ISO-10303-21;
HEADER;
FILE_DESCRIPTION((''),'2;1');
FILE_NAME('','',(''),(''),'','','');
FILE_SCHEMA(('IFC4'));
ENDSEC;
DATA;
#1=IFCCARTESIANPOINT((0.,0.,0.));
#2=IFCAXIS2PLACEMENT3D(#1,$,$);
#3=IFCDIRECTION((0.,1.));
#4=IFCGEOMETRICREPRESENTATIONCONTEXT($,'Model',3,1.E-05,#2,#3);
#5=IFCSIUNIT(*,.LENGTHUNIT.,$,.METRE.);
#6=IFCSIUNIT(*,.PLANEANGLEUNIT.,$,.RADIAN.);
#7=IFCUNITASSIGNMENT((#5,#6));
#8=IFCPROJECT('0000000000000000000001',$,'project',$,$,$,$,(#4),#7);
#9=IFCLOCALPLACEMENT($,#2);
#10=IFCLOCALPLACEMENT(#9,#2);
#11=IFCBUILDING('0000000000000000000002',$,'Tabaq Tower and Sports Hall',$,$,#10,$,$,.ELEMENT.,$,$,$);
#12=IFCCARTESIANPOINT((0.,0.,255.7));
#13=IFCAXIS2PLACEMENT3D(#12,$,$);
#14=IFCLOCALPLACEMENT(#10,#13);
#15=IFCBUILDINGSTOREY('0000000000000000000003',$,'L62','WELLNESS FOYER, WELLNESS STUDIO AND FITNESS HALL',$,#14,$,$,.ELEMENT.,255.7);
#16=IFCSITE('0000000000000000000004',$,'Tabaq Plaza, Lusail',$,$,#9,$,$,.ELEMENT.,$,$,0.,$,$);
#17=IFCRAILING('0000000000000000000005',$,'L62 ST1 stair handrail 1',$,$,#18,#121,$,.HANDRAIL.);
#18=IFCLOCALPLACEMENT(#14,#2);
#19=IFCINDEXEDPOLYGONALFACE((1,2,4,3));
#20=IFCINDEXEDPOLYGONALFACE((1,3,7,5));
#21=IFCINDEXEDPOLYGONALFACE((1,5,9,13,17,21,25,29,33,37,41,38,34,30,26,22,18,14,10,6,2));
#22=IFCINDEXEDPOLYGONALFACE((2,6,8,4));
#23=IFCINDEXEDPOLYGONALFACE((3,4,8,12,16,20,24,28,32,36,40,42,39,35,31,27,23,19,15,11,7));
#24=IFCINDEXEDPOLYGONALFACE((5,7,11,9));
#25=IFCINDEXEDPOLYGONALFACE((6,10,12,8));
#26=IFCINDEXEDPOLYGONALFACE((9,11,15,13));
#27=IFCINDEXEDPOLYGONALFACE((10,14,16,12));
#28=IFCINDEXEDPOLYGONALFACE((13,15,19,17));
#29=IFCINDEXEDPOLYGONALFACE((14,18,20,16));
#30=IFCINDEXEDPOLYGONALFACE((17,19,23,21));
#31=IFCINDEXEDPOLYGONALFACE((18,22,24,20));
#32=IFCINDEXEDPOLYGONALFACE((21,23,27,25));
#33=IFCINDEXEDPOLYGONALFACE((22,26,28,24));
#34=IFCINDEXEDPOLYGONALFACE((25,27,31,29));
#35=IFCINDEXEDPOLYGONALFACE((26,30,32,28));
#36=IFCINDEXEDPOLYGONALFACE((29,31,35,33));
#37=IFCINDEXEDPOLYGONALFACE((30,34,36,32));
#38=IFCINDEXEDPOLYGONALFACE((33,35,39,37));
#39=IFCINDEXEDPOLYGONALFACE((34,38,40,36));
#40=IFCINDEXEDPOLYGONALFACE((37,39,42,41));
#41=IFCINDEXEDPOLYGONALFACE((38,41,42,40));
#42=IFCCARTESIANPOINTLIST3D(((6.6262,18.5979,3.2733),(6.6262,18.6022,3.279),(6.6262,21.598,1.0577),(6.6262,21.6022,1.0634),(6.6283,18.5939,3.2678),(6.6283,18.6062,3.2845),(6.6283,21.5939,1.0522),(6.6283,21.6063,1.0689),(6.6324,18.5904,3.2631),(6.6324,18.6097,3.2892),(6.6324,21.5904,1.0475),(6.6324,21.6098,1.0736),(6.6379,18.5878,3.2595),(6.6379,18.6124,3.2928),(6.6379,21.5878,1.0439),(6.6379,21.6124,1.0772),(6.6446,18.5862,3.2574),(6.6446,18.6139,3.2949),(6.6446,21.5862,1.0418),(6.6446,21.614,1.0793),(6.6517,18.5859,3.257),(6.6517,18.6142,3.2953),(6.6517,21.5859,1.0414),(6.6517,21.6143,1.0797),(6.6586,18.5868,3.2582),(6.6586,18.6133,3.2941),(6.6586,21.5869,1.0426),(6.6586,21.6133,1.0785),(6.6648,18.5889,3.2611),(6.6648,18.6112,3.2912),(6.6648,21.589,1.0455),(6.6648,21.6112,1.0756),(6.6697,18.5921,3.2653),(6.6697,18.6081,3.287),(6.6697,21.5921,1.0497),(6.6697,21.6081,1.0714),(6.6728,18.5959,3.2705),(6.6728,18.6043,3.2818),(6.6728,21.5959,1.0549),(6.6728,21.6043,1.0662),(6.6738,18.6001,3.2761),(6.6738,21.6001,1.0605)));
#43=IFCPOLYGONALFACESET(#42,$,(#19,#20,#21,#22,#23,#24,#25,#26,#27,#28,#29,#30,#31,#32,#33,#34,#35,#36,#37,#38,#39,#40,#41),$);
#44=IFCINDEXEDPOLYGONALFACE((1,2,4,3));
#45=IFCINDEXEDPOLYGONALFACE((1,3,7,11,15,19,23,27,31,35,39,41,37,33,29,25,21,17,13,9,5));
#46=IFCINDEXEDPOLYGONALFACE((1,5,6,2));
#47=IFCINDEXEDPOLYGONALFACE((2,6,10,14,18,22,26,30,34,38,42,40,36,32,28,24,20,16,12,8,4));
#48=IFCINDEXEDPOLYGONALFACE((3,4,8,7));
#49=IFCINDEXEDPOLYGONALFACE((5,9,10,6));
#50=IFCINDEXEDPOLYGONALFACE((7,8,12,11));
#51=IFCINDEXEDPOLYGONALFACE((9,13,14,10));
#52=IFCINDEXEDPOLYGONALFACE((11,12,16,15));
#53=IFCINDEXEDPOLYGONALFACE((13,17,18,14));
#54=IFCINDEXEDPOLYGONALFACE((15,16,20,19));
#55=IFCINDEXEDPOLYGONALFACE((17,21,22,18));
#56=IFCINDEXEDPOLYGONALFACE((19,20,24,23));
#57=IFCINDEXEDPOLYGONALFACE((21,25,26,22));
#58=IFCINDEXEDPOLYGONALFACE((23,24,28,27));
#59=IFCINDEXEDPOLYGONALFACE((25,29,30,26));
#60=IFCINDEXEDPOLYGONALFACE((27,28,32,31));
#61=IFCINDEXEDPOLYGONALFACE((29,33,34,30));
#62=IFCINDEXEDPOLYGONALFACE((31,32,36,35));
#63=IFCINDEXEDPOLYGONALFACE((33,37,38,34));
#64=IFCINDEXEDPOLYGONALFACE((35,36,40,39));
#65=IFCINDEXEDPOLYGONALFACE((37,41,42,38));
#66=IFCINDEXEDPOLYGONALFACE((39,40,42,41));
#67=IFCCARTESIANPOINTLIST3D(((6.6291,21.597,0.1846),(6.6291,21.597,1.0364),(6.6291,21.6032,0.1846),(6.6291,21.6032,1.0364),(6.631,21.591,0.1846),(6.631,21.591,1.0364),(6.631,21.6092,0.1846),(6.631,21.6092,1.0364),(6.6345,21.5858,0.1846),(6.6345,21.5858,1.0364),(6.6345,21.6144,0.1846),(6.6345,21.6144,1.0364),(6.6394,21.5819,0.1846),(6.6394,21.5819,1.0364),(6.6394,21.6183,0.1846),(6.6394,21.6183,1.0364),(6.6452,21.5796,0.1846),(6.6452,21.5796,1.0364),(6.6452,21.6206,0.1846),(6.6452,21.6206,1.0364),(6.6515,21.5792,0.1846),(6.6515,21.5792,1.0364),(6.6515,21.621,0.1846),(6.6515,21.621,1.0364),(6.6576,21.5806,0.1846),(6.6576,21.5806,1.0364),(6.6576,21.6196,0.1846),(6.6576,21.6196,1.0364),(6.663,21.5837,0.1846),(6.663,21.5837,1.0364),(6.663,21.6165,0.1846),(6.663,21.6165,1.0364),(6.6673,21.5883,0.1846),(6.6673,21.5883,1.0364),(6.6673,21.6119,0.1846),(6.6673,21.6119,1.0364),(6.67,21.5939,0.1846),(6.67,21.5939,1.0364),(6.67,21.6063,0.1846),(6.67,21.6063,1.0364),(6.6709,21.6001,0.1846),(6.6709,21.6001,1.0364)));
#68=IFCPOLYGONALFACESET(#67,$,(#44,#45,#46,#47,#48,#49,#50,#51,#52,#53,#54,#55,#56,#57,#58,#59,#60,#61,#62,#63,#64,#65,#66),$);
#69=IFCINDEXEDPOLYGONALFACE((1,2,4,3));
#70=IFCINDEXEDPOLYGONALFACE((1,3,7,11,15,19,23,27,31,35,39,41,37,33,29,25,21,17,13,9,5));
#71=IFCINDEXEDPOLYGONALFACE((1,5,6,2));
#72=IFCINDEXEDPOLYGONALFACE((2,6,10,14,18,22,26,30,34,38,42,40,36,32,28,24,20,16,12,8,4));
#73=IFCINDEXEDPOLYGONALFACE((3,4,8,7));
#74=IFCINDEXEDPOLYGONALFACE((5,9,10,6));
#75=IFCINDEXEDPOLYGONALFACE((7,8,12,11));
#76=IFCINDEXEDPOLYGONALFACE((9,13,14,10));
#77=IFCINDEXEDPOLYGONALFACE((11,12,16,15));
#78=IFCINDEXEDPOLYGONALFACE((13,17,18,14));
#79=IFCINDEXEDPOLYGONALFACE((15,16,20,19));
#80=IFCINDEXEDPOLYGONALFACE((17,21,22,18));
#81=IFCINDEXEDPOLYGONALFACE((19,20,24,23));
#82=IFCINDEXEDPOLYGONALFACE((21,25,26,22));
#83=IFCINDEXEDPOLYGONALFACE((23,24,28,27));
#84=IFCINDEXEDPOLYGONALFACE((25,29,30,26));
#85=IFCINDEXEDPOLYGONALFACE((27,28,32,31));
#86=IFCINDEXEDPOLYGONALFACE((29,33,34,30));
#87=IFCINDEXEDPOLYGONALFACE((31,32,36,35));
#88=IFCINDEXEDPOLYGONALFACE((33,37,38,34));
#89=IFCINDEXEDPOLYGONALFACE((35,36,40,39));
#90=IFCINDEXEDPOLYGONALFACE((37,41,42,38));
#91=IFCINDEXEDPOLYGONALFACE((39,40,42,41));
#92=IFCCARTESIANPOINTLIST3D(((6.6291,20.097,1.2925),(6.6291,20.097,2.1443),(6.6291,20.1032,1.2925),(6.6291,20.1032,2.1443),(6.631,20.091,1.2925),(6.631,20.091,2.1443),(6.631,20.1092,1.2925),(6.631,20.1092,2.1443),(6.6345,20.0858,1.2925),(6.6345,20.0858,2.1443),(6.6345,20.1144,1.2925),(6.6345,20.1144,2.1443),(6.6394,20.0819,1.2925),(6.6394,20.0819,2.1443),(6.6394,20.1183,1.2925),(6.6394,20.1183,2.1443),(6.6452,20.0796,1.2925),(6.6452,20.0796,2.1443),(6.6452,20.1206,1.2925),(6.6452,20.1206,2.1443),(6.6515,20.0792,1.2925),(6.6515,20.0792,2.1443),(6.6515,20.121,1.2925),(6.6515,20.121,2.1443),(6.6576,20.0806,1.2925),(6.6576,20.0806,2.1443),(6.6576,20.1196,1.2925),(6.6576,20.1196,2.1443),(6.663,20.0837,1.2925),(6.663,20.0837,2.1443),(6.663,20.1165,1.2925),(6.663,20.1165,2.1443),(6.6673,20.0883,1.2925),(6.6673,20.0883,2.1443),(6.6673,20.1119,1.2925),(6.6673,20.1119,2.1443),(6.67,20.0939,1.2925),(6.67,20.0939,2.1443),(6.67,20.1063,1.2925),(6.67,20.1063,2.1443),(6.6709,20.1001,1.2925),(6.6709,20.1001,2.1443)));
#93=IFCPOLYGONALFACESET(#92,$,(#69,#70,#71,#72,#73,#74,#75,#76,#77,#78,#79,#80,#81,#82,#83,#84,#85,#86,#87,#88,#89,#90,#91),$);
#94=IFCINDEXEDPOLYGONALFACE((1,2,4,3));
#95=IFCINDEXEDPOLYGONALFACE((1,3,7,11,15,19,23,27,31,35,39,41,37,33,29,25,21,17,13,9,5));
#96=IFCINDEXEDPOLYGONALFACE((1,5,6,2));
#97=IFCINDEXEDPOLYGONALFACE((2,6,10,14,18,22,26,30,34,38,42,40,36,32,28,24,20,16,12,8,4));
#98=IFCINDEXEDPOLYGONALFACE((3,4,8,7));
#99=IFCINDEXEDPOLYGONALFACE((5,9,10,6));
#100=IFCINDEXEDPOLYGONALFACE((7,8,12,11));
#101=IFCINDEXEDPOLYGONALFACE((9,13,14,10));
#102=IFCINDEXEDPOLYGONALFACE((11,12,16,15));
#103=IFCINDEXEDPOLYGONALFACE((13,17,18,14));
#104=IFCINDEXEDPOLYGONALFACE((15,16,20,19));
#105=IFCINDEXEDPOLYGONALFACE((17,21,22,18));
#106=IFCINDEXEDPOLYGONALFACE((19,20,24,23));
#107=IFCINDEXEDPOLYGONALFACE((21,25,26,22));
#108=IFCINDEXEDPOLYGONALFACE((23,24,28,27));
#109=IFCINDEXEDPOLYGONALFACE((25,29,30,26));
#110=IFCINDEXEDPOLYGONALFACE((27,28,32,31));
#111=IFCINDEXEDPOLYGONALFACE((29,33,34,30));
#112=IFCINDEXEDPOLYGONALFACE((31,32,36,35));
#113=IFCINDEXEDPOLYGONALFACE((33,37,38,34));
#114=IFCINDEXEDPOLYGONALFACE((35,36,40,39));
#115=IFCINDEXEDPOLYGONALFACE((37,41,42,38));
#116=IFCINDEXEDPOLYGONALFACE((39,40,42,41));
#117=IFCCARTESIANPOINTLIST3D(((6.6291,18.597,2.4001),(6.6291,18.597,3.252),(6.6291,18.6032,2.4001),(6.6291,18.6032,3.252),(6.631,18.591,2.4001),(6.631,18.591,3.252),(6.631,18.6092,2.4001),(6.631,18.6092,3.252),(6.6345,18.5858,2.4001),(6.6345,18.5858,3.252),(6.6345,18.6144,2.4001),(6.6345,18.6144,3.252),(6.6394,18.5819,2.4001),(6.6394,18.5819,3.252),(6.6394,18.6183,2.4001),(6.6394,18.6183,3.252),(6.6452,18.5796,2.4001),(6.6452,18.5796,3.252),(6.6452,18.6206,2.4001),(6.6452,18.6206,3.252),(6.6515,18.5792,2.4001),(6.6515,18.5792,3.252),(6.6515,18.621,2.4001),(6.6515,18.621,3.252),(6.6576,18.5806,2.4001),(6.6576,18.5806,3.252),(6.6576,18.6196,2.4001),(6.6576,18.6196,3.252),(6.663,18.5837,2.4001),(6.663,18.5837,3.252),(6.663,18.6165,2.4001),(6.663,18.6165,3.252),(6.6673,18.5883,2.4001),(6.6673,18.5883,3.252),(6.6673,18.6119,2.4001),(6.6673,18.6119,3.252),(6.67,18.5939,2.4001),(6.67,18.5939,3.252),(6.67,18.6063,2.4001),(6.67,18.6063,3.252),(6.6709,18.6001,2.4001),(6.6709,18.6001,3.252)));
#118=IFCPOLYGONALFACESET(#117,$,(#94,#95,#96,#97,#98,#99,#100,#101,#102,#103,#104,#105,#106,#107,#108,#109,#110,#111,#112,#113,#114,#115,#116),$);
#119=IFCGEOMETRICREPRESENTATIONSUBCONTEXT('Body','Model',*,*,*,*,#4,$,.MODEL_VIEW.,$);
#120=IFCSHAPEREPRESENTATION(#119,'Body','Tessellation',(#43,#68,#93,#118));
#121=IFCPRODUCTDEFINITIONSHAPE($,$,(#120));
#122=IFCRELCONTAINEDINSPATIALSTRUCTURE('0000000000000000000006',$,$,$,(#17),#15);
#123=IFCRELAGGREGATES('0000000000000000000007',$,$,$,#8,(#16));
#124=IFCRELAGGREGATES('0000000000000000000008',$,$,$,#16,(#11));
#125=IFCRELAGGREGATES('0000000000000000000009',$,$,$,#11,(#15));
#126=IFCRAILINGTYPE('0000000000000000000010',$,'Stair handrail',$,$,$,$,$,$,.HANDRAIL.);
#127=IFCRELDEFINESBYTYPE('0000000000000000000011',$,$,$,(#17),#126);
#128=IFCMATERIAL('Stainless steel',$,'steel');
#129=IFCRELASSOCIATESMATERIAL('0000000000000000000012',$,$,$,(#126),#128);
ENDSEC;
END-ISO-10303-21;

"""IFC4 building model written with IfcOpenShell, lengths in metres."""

from ifc_helpers import new_model, si_unit, direction, frame, origin, origin_2d, place, context, subcontext, project, spatial, circle, extrude, material, type_object, element, save


model = new_model("IFC4")

# Units and contexts
model_context = context("Model", 3, precision=1e-05, world=origin(), true_north=direction((0.0, 1.0)))
body_context = subcontext(model_context, "Body", "Model", "MODEL_VIEW")
ifc_project = project(units=[si_unit("LENGTHUNIT", "METRE"), si_unit("PLANEANGLEUNIT", "RADIAN")], contexts=[model_context])

# Site, building, storey
site_placement = place(None, origin())
site = spatial("IfcSite", under=ifc_project, at=site_placement, Name="Tabaq Plaza, Lusail", CompositionType="ELEMENT", RefElevation=0.0)
building_placement = place(site_placement, origin())
building = spatial("IfcBuilding", under=site, at=building_placement, Name="Tabaq Tower and Sports Hall", CompositionType="ELEMENT")
storey_placement = place(building_placement, frame((0.0, 0.0, 255.7)))
storey = spatial("IfcBuildingStorey", under=building, at=storey_placement, Name="L62", Description="WELLNESS FOYER, WELLNESS STUDIO AND FITNESS HALL", CompositionType="ELEMENT", Elevation=255.7)

# Railing
ifc_material_1 = material(Name="Stainless steel", Category="steel")
railing_type_1 = type_object("IfcRailingType", Name="Stair handrail", PredefinedType="HANDRAIL", material=ifc_material_1)
railing_1_placement = place(storey_placement, frame((6.6499, 21.6001, 0.1846)))
element("IfcRailing", 1, at=railing_1_placement, inside=storey, type_object=railing_type_1, Name="L62 ST1 stair handrail 1", PredefinedType="HANDRAIL", context=body_context, shape_type="SweptSolid", body=[
    extrude(circle(Radius=0.0239, at=origin_2d()), frame((0.0, 0.0, 0.876), z_axis=(0.0, -0.804409, 0.594076), x_axis=(1.0, 0.0, 0.0)), (0.0, 0.0, 1.0), 3.7295),
    extrude(circle(Radius=0.021, at=origin_2d()), origin(), (0.0, 0.0, 1.0), 0.8518),
    extrude(circle(Radius=0.021, at=origin_2d()), frame((0.0, -1.5, 1.1079)), (0.0, 0.0, 1.0), 0.8518),
    extrude(circle(Radius=0.021, at=origin_2d()), frame((0.0, -3.0, 2.2156)), (0.0, 0.0, 1.0), 0.8518),
])

save(model, "model.ifc")
